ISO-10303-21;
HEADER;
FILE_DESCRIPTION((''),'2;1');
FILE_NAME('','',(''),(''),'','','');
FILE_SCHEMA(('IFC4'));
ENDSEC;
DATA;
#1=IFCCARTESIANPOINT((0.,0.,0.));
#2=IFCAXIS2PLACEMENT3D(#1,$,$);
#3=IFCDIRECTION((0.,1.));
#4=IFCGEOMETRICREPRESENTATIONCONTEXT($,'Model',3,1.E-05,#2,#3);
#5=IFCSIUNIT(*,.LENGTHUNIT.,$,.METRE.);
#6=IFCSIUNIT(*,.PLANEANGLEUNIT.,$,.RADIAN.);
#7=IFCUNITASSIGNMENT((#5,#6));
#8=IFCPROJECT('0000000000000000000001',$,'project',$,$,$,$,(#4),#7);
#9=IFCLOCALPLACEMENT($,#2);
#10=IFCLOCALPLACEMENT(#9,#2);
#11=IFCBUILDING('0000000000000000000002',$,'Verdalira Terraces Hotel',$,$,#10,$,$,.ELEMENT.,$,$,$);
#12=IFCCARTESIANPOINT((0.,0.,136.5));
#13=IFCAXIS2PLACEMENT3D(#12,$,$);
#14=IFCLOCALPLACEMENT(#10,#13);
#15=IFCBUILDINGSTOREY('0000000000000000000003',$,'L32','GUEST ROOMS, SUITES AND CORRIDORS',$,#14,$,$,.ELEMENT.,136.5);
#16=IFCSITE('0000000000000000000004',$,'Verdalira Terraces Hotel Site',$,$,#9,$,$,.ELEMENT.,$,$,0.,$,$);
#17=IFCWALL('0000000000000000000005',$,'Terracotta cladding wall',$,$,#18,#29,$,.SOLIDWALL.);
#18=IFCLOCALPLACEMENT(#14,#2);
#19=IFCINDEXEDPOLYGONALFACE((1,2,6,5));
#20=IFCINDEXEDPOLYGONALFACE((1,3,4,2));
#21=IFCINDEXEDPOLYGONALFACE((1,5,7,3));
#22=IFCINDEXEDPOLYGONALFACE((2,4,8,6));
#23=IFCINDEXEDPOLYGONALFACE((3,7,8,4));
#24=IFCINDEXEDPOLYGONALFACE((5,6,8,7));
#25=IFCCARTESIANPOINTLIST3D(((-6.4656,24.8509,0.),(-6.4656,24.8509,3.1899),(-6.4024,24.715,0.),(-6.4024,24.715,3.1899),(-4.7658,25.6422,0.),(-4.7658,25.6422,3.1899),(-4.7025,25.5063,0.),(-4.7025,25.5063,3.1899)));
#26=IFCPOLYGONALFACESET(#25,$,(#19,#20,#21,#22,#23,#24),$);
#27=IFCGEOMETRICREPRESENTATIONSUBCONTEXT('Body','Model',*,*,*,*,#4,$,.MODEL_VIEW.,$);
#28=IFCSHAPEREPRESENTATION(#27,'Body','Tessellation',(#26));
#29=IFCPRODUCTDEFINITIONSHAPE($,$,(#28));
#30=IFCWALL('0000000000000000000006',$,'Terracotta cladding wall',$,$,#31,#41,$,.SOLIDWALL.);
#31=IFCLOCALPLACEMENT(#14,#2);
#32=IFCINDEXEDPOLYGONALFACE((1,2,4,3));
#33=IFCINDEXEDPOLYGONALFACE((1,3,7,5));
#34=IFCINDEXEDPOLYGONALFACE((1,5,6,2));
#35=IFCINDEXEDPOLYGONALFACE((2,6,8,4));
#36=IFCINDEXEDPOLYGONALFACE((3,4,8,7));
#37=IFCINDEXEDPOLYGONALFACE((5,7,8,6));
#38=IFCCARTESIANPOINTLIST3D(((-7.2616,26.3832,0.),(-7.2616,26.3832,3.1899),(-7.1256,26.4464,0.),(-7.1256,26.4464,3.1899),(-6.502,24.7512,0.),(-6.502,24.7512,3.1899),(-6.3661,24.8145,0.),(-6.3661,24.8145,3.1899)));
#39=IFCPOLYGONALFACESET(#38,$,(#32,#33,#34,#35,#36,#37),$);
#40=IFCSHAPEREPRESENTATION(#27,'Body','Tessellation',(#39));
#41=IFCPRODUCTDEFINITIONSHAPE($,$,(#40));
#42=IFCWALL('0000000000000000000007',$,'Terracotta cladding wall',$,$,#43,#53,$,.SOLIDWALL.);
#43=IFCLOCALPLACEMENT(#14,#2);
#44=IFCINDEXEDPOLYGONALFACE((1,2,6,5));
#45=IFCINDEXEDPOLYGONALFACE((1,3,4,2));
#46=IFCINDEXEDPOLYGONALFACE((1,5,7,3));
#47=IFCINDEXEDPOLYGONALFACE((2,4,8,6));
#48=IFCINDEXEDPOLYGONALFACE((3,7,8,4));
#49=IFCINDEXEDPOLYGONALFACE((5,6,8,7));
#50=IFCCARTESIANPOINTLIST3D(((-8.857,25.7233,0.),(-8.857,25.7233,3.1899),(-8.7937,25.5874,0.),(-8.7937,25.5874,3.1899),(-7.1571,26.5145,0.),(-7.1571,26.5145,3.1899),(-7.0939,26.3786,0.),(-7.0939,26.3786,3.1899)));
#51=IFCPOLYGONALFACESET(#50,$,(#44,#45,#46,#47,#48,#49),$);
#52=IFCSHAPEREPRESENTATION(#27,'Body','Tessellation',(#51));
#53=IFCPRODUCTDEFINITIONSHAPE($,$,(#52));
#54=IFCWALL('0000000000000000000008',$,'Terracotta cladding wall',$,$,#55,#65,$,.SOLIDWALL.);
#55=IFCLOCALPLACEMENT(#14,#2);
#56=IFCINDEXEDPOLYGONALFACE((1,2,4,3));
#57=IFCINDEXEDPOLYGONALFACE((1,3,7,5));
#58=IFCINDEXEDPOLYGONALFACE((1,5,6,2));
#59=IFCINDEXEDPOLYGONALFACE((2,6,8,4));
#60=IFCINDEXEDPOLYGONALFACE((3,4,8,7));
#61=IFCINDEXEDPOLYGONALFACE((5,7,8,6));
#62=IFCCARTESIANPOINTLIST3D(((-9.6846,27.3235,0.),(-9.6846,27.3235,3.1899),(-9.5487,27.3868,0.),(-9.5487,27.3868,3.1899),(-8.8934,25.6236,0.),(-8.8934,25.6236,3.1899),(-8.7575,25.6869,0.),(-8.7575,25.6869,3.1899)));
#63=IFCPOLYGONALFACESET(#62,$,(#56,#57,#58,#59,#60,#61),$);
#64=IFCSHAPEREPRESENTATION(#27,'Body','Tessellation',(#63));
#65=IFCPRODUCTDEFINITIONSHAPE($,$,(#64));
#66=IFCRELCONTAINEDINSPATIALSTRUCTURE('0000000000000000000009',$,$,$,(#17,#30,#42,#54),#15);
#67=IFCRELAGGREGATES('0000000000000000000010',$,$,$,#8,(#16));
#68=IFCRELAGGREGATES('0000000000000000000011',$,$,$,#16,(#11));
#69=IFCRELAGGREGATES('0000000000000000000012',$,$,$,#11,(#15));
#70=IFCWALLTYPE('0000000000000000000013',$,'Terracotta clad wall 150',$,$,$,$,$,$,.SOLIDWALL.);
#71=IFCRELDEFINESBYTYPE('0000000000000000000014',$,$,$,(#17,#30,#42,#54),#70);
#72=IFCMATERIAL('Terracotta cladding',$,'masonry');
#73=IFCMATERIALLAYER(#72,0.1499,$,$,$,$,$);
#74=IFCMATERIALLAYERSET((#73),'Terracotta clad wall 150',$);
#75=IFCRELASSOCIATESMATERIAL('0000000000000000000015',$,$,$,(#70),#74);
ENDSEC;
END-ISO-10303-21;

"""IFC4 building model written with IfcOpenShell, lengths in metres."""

from ifc_helpers import new_model, si_unit, direction, frame, frame_2d, origin, place, context, subcontext, project, spatial, rectangle, extrude, material, layer, layer_set, type_object, element, save


model = new_model("IFC4")

# Units and contexts
model_context = context("Model", 3, precision=1e-05, world=origin(), true_north=direction((0.0, 1.0)))
body_context = subcontext(model_context, "Body", "Model", "MODEL_VIEW")
ifc_project = project(units=[si_unit("LENGTHUNIT", "METRE"), si_unit("PLANEANGLEUNIT", "RADIAN")], contexts=[model_context])

# Site, building, storey
site_placement = place(None, origin())
site = spatial("IfcSite", under=ifc_project, at=site_placement, Name="Verdalira Terraces Hotel Site", CompositionType="ELEMENT", RefElevation=0.0)
building_placement = place(site_placement, origin())
building = spatial("IfcBuilding", under=site, at=building_placement, Name="Verdalira Terraces Hotel", CompositionType="ELEMENT")
storey_placement = place(building_placement, frame((0.0, 0.0, 136.5)))
storey = spatial("IfcBuildingStorey", under=building, at=storey_placement, Name="L32", Description="GUEST ROOMS, SUITES AND CORRIDORS", CompositionType="ELEMENT", Elevation=136.5)

# Walls
ifc_material_1 = material(Name="Terracotta cladding", Category="masonry")
ifc_layer_1 = layer(ifc_material_1, 0.1499)
ifc_layer_set_1 = layer_set([ifc_layer_1], Name="Terracotta clad wall 150")
wall_type_1 = type_object("IfcWallType", Name="Terracotta clad wall 150", PredefinedType="SOLIDWALL", material=ifc_layer_set_1)
wall_1_placement = place(storey_placement, frame((-4.7341, 25.5742, 0.0), z_axis=(0.0, 0.0, 1.0), x_axis=(-0.906602, -0.421987, 0.0)))
element("IfcWall", 1, at=wall_1_placement, inside=storey, type_object=wall_type_1, Name="Terracotta cladding wall", PredefinedType="SOLIDWALL", context=body_context, shape_type="SweptSolid", body=[
    extrude(rectangle(XDim=1.875, YDim=0.1499, at=frame_2d((0.9375, 0.0))), origin(), (0.0, 0.0, 1.0), 3.1899),
])
wall_2_placement = place(storey_placement, frame((-6.4341, 24.783, 0.0), z_axis=(0.0, 0.0, 1.0), x_axis=(-0.421972, 0.906609, 0.0)))
element("IfcWall", 2, at=wall_2_placement, inside=storey, type_object=wall_type_1, Name="Terracotta cladding wall", PredefinedType="SOLIDWALL", context=body_context, shape_type="SweptSolid", body=[
    extrude(rectangle(XDim=1.8, YDim=0.1499, at=frame_2d((0.8999, 0.0))), origin(), (0.0, 0.0, 1.0), 3.1899),
])
for number, where, z_axis, x_axis, name in (
    (3, (-7.1255, 26.4465, 0.0), (0.0, 0.0, 1.0), (-0.906602, -0.421987, 0.0), "Terracotta cladding wall"),
    (4, (-8.8254, 25.6553, 0.0), (0.0, 0.0, 1.0), (-0.421987, 0.906602, 0.0), "Terracotta cladding wall"),
):
    element("IfcWall", number, at=place(storey_placement, frame(where, z_axis=z_axis, x_axis=x_axis)), inside=storey, type_object=wall_type_1, Name=name, PredefinedType="SOLIDWALL", context=body_context, shape_type="SweptSolid", body=[
        extrude(rectangle(XDim=1.875, YDim=0.1499, at=frame_2d((0.9375, 0.0))), origin(), (0.0, 0.0, 1.0), 3.1899),
    ])

save(model, "model.ifc")
